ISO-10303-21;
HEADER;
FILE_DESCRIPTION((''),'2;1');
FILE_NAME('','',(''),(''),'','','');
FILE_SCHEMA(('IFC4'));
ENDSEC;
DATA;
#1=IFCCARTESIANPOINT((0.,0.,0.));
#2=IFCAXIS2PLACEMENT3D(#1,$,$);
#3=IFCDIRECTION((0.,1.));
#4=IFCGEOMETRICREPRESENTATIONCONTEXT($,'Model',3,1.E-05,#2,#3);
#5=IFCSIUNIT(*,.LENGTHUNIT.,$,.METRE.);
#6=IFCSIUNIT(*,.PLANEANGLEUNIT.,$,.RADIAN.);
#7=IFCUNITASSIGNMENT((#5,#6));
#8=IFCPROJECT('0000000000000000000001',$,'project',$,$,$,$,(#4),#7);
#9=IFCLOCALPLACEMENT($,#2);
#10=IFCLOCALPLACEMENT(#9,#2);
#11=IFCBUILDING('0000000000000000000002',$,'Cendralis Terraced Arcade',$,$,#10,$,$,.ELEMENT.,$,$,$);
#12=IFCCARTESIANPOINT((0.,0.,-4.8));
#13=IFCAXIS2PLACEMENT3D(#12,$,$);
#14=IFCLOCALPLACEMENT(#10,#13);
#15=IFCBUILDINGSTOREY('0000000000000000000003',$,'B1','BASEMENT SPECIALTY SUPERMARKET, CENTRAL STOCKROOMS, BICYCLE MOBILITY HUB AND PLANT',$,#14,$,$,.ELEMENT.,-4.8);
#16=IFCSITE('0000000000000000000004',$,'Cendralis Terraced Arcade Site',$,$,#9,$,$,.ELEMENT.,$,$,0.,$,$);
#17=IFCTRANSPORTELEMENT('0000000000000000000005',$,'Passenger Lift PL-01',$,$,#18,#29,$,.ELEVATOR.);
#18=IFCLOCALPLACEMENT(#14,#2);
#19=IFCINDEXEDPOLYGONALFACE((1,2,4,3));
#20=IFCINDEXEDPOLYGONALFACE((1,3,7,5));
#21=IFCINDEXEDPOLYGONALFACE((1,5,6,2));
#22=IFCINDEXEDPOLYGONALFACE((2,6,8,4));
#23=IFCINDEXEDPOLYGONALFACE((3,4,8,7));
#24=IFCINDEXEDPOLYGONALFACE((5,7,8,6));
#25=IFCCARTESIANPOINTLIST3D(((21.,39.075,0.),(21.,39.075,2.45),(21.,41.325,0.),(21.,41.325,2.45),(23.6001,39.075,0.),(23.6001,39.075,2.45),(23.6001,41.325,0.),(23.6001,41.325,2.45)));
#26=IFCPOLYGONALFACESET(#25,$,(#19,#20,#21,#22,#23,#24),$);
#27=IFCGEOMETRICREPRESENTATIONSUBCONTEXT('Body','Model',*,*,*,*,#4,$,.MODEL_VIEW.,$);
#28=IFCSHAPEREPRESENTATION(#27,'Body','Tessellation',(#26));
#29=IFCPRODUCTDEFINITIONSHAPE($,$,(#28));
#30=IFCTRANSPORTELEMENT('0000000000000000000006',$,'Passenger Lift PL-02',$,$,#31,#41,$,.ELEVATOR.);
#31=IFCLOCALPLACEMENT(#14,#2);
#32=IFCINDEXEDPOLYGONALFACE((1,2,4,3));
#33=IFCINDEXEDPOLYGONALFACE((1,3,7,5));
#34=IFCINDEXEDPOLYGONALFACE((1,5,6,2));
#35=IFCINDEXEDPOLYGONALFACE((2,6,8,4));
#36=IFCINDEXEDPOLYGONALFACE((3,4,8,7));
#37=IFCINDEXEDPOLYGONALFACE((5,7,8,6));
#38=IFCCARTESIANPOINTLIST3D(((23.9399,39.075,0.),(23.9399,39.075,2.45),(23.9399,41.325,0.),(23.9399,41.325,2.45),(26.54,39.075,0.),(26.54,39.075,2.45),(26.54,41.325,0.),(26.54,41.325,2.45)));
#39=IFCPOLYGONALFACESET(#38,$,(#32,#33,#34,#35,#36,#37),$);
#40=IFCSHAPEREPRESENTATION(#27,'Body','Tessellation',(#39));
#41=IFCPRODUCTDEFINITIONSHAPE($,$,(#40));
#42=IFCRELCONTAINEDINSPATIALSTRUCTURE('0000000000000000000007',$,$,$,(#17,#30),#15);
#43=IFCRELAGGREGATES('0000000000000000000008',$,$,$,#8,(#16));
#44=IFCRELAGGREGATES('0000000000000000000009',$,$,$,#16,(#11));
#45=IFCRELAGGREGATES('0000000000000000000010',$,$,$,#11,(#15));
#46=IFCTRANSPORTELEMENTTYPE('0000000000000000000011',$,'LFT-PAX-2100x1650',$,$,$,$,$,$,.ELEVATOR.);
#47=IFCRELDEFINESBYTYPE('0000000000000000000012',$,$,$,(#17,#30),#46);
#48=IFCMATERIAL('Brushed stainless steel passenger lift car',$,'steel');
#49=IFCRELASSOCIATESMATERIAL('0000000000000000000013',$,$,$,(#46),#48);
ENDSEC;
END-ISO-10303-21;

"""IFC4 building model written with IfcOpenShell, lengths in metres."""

from ifc_helpers import new_model, si_unit, direction, frame, origin, origin_2d, place, context, subcontext, project, spatial, rectangle, extrude, material, type_object, element, save


model = new_model("IFC4")

# Units and contexts
model_context = context("Model", 3, precision=1e-05, world=origin(), true_north=direction((0.0, 1.0)))
body_context = subcontext(model_context, "Body", "Model", "MODEL_VIEW")
ifc_project = project(units=[si_unit("LENGTHUNIT", "METRE"), si_unit("PLANEANGLEUNIT", "RADIAN")], contexts=[model_context])

# Site, building, storey
site_placement = place(None, origin())
site = spatial("IfcSite", under=ifc_project, at=site_placement, Name="Cendralis Terraced Arcade Site", CompositionType="ELEMENT", RefElevation=0.0)
building_placement = place(site_placement, origin())
building = spatial("IfcBuilding", under=site, at=building_placement, Name="Cendralis Terraced Arcade", CompositionType="ELEMENT")
storey_placement = place(building_placement, frame((0.0, 0.0, -4.8)))
storey = spatial("IfcBuildingStorey", under=building, at=storey_placement, Name="B1", Description="BASEMENT SPECIALTY SUPERMARKET, CENTRAL STOCKROOMS, BICYCLE MOBILITY HUB AND PLANT", CompositionType="ELEMENT", Elevation=-4.8)

# Transport elements
ifc_material_1 = material(Name="Brushed stainless steel passenger lift car", Category="steel")
transport_element_type = type_object("IfcTransportElementType", Name="LFT-PAX-2100x1650", PredefinedType="ELEVATOR", material=ifc_material_1)
for number, where, z_axis, x_axis, name in (
    (1, (22.3, 40.2, 0.0), (0.0, 0.0, 1.0), (1.0, 0.0, 0.0), "Passenger Lift PL-01"),
    (2, (25.24, 40.2, 0.0), (0.0, 0.0, 1.0), (1.0, 0.0, 0.0), "Passenger Lift PL-02"),
):
    element("IfcTransportElement", number, at=place(storey_placement, frame(where, z_axis=z_axis, x_axis=x_axis)), inside=storey, type_object=transport_element_type, Name=name, PredefinedType="ELEVATOR", context=body_context, shape_type="SweptSolid", body=[
        extrude(rectangle(XDim=2.6001, YDim=2.25, at=origin_2d()), origin(), (0.0, 0.0, 1.0), 2.45),
    ])

save(model, "model.ifc")
